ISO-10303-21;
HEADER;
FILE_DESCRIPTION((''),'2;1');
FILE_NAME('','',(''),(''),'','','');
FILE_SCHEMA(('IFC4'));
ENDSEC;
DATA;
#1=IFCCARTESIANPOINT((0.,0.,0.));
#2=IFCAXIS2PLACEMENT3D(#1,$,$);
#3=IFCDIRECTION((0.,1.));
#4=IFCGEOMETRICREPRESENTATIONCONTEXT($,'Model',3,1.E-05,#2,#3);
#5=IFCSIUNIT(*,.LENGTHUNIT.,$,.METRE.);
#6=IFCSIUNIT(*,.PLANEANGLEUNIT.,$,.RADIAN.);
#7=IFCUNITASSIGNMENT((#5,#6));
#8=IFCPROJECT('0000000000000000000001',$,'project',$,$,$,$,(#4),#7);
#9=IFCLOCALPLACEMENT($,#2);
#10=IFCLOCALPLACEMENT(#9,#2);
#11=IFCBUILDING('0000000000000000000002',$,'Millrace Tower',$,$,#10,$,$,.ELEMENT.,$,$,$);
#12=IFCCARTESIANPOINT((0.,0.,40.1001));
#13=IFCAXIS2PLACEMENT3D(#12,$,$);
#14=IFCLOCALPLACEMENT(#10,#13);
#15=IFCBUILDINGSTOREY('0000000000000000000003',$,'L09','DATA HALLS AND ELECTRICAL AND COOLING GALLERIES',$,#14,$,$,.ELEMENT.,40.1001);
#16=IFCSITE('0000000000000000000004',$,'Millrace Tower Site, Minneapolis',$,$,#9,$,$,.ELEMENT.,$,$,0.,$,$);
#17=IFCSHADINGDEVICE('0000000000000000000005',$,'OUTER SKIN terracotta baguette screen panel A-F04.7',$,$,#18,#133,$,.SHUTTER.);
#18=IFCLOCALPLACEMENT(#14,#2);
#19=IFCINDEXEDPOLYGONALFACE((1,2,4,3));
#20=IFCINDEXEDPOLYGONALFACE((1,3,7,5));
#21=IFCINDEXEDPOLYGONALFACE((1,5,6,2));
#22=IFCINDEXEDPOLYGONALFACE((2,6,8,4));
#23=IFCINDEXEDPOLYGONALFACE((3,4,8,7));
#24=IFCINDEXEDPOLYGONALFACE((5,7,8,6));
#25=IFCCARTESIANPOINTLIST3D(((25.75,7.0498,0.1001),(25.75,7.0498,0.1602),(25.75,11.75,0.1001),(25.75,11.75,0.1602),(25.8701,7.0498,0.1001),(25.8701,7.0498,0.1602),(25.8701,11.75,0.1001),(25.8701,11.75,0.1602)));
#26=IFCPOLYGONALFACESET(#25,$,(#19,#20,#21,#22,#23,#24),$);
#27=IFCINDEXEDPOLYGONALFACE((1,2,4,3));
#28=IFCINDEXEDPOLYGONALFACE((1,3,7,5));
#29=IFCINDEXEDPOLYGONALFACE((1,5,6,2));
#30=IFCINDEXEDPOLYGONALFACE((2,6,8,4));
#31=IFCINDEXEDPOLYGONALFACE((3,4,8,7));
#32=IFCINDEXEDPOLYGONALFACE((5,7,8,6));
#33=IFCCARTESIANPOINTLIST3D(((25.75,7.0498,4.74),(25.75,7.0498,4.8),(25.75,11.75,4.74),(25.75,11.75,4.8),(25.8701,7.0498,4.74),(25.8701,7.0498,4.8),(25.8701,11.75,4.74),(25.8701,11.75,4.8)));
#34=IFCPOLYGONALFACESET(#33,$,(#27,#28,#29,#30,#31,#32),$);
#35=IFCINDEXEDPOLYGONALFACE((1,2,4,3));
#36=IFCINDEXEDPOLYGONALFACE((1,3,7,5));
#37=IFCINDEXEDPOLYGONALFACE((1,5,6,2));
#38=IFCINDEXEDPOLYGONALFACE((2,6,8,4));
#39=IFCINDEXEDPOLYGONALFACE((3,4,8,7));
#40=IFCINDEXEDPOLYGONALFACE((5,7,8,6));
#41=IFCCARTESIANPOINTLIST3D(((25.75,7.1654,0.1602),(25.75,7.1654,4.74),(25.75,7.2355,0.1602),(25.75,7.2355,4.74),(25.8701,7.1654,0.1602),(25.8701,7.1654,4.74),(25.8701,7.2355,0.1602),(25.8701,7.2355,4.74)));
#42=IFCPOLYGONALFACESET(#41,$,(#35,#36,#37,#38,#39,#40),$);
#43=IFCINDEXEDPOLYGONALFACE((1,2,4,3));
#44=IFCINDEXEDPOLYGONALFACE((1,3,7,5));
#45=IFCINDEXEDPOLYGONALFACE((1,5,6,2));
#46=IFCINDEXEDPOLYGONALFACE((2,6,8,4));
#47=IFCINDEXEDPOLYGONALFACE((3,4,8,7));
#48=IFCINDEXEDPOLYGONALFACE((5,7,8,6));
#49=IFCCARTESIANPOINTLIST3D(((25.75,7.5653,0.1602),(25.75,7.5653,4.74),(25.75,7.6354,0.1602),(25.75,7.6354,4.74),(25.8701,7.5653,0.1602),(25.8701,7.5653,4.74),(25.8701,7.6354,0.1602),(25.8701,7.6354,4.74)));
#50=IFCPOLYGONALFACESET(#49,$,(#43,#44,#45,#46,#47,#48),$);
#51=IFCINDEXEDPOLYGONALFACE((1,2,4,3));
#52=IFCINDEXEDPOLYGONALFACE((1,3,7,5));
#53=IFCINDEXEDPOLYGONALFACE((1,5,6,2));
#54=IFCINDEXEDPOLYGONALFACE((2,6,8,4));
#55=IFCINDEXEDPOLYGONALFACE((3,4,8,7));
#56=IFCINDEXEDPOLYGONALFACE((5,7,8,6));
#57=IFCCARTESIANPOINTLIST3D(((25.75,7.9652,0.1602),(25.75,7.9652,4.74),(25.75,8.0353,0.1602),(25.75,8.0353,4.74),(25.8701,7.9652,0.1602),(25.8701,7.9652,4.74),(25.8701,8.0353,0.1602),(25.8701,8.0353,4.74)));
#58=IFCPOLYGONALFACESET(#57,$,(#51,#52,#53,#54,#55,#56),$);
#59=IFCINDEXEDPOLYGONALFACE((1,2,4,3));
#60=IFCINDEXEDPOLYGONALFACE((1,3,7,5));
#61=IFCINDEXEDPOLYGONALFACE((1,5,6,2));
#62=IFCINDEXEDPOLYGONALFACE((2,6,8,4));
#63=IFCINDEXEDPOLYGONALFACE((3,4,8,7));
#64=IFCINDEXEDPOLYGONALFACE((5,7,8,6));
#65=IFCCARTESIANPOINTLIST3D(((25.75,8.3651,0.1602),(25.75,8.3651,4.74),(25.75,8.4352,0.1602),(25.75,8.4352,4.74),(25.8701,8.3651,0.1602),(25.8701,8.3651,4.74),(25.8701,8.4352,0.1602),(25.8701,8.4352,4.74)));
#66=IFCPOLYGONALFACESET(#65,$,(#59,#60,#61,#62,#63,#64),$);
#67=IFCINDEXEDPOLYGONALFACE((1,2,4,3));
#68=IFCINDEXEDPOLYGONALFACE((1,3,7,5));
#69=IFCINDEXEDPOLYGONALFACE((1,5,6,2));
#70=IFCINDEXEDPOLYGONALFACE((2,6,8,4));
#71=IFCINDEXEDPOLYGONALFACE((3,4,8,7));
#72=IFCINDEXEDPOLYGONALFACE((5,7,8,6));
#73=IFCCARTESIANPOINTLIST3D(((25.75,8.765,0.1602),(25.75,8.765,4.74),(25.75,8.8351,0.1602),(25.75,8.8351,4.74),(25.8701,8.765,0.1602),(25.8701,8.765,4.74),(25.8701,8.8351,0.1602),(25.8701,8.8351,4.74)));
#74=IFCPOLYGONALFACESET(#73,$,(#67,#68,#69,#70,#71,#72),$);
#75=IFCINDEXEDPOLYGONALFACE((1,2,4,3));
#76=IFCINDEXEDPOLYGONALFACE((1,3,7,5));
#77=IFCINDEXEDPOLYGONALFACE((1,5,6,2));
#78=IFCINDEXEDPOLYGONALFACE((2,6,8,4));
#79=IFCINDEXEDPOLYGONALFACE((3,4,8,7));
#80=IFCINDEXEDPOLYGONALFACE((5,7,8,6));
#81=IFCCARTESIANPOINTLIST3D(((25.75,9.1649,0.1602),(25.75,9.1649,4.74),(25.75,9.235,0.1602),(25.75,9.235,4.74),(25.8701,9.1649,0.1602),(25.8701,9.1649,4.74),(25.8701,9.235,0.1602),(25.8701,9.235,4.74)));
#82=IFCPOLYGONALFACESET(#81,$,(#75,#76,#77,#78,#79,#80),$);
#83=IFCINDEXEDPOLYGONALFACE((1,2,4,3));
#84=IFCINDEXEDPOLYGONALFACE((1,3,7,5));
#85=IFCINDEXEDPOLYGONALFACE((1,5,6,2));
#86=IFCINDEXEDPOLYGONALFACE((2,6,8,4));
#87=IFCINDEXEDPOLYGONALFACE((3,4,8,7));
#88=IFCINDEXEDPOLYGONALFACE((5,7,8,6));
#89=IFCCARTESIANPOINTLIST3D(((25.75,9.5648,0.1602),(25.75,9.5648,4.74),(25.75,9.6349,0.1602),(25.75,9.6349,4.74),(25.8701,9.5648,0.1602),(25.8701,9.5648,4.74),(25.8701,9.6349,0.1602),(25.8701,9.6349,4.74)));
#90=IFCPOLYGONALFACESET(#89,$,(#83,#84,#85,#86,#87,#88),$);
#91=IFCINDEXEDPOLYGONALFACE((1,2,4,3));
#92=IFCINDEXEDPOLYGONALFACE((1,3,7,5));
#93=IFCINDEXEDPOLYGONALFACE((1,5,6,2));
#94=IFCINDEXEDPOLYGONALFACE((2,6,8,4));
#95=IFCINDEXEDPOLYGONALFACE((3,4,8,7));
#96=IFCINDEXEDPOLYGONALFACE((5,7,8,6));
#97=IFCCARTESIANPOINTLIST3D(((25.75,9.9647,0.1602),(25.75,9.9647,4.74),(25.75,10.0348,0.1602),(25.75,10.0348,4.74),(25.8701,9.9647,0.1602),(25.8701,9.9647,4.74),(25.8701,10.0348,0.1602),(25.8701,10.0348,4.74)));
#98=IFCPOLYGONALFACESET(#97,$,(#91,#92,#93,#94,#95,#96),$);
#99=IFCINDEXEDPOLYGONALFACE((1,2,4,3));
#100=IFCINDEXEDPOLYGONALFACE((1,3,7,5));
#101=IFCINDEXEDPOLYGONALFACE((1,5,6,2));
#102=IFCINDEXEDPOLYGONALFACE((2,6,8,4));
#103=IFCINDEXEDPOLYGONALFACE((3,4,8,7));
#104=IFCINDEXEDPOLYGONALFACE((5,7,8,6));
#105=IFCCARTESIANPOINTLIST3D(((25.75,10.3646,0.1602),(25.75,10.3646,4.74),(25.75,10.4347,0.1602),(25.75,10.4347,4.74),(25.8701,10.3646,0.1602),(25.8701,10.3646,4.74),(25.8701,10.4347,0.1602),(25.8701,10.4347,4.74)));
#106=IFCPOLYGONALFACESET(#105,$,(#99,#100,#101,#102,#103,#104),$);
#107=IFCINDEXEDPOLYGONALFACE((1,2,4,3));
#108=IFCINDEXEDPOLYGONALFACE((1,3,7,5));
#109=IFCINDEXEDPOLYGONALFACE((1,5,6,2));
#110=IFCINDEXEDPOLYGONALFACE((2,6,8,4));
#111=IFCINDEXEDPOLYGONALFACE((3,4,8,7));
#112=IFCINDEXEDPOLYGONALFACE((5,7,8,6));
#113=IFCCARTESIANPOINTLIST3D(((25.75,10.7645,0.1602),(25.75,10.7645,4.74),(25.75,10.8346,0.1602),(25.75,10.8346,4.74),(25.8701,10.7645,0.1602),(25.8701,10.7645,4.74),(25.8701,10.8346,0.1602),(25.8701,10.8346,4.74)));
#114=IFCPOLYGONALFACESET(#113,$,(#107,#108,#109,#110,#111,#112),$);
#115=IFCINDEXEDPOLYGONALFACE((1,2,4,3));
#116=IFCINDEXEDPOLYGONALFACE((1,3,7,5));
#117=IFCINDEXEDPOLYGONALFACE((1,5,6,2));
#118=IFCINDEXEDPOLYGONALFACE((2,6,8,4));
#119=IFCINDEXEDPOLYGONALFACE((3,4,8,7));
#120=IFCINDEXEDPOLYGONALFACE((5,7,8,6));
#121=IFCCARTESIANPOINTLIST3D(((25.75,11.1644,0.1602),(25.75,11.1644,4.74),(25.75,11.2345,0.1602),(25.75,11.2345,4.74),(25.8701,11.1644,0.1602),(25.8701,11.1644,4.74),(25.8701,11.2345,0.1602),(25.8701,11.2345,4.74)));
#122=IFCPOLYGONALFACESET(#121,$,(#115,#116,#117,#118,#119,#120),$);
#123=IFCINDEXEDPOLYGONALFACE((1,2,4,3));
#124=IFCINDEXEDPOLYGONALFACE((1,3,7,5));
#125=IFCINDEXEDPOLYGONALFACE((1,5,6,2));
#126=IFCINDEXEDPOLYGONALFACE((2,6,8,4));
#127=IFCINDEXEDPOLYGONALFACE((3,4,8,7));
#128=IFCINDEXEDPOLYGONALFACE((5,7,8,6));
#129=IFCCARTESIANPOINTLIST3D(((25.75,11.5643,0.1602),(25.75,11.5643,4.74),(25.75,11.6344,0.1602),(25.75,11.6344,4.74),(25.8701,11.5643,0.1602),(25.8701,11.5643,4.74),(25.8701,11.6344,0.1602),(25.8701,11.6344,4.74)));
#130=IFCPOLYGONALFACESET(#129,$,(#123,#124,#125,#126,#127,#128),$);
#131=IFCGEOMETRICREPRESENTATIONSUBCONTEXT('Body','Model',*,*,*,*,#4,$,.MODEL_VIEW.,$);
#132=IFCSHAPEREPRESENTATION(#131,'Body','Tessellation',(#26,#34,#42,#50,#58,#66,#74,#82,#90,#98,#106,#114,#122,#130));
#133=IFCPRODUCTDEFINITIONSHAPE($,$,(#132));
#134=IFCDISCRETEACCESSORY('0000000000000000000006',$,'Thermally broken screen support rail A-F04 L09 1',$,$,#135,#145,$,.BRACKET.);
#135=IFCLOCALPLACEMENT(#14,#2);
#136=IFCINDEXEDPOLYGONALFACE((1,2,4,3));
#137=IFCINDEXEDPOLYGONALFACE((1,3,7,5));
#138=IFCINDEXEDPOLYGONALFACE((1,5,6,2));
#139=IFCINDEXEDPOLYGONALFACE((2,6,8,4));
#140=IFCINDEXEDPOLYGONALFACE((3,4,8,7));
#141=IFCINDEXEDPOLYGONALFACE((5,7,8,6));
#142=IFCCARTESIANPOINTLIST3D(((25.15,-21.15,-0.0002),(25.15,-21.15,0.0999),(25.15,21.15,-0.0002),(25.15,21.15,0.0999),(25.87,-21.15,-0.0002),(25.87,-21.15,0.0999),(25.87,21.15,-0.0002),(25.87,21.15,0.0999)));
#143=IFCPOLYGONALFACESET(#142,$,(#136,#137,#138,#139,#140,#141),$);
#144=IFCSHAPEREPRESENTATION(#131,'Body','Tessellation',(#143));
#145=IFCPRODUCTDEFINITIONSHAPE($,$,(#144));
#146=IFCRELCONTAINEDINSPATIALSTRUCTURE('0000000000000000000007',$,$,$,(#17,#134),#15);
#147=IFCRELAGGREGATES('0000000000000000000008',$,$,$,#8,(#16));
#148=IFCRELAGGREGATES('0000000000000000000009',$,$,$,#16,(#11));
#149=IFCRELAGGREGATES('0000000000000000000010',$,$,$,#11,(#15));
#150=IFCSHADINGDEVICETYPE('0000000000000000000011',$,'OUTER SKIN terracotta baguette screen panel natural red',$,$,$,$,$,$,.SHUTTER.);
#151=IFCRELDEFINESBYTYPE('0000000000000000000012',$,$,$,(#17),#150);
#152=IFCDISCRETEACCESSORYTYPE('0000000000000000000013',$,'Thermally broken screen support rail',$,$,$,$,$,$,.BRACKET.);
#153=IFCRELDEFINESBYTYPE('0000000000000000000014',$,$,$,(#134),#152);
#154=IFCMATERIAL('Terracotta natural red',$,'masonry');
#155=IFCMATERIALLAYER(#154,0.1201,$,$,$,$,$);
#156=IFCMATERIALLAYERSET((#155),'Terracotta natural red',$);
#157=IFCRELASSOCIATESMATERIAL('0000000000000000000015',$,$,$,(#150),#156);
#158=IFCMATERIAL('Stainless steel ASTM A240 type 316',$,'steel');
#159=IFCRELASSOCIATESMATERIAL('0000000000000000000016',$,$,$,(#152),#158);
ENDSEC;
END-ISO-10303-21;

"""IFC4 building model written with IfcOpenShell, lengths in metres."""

from ifc_helpers import new_model, entity, si_unit, direction, frame, frame_2d, origin, origin_2d, place, context, subcontext, project, spatial, rectangle, extrude, source, transform, mapped, material, layer, layer_set, type_object, element, save


model = new_model("IFC4")

# Units and contexts
model_context = context("Model", 3, precision=1e-05, world=origin(), true_north=direction((0.0, 1.0)))
body_context = subcontext(model_context, "Body", "Model", "MODEL_VIEW")
ifc_project = project(units=[si_unit("LENGTHUNIT", "METRE"), si_unit("PLANEANGLEUNIT", "RADIAN")], contexts=[model_context])

# Site, building, storey
site_placement = place(None, origin())
site = spatial("IfcSite", under=ifc_project, at=site_placement, Name="Millrace Tower Site, Minneapolis", CompositionType="ELEMENT", RefElevation=0.0)
building_placement = place(site_placement, origin())
building = spatial("IfcBuilding", under=site, at=building_placement, Name="Millrace Tower", CompositionType="ELEMENT")
storey_placement = place(building_placement, frame((0.0, 0.0, 40.1001)))
storey = spatial("IfcBuildingStorey", under=building, at=storey_placement, Name="L09", Description="DATA HALLS AND ELECTRICAL AND COOLING GALLERIES", CompositionType="ELEMENT", Elevation=40.1001)

# Shading device
cartesian_point = entity("IfcCartesianPoint", [-2.3501, 0.0601])
shared_polyline = entity("IfcPolyline", [cartesian_point, entity("IfcCartesianPoint", [2.3501, 0.0601]), entity("IfcCartesianPoint", [2.3501, -0.0601]), entity("IfcCartesianPoint", [-2.3501, -0.0601]), cartesian_point])
ifc_material_1 = material(Name="Terracotta natural red", Category="masonry")
ifc_layer_1 = layer(ifc_material_1, 0.1201)
ifc_layer_set_1 = layer_set([ifc_layer_1], Name="Terracotta natural red")
shading_device_type_1 = type_object("IfcShadingDeviceType", Name="OUTER SKIN terracotta baguette screen panel natural red", PredefinedType="SHUTTER", material=ifc_layer_set_1)
shared_shape_1 = source(origin(), body_context, "Body", "SweptSolid", [
    entity("IfcExtrudedAreaSolid", entity("IfcArbitraryClosedProfileDef", "AREA", None, shared_polyline), entity("IfcAxis2Placement3D", entity("IfcCartesianPoint", [0.0, 0.0, 0.0])), entity("IfcDirection", [0.0, 0.0, 1.0]), 0.0601),
    entity("IfcExtrudedAreaSolid", entity("IfcArbitraryClosedProfileDef", "AREA", None, shared_polyline), entity("IfcAxis2Placement3D", entity("IfcCartesianPoint", [0.0, 0.0, 4.6399])), entity("IfcDirection", [0.0, 0.0, 1.0]), 0.0601),
    extrude(rectangle(XDim=0.0701, YDim=0.1201, at=frame_2d((-2.1995, 0.0))), frame((0.0, 0.0, 0.0601)), (0.0, 0.0, 1.0), 4.5798),
    extrude(rectangle(XDim=0.0701, YDim=0.1201, at=frame_2d((-1.7996, 0.0))), frame((0.0, 0.0, 0.0601)), (0.0, 0.0, 1.0), 4.5798),
    extrude(rectangle(XDim=0.0701, YDim=0.1201, at=frame_2d((-1.3997, 0.0))), frame((0.0, 0.0, 0.0601)), (0.0, 0.0, 1.0), 4.5798),
    extrude(rectangle(XDim=0.0701, YDim=0.1201, at=frame_2d((-0.9998, 0.0))), frame((0.0, 0.0, 0.0601)), (0.0, 0.0, 1.0), 4.5798),
    extrude(rectangle(XDim=0.0701, YDim=0.1201, at=frame_2d((-0.5999, 0.0))), frame((0.0, 0.0, 0.0601)), (0.0, 0.0, 1.0), 4.5798),
    extrude(rectangle(XDim=0.0701, YDim=0.1201, at=frame_2d((-0.2, 0.0))), frame((0.0, 0.0, 0.0601)), (0.0, 0.0, 1.0), 4.5798),
    extrude(rectangle(XDim=0.0701, YDim=0.1201, at=frame_2d((0.2, 0.0))), frame((0.0, 0.0, 0.0601)), (0.0, 0.0, 1.0), 4.5798),
    extrude(rectangle(XDim=0.0701, YDim=0.1201, at=frame_2d((0.5999, 0.0))), frame((0.0, 0.0, 0.0601)), (0.0, 0.0, 1.0), 4.5798),
    extrude(rectangle(XDim=0.0701, YDim=0.1201, at=frame_2d((0.9998, 0.0))), frame((0.0, 0.0, 0.0601)), (0.0, 0.0, 1.0), 4.5798),
    extrude(rectangle(XDim=0.0701, YDim=0.1201, at=frame_2d((1.3997, 0.0))), frame((0.0, 0.0, 0.0601)), (0.0, 0.0, 1.0), 4.5798),
    extrude(rectangle(XDim=0.0701, YDim=0.1201, at=frame_2d((1.7996, 0.0))), frame((0.0, 0.0, 0.0601)), (0.0, 0.0, 1.0), 4.5798),
    extrude(rectangle(XDim=0.0701, YDim=0.1201, at=frame_2d((2.1995, 0.0))), frame((0.0, 0.0, 0.0601)), (0.0, 0.0, 1.0), 4.5798),
])
for number, where, z_axis, x_axis, name in (
    (1, (25.8101, 9.3999, 0.1001), (0.0, 0.0, 1.0), (0.0, 1.0, 0.0), "OUTER SKIN terracotta baguette screen panel A-F04.7"),
):
    element("IfcShadingDevice", number, at=place(storey_placement, frame(where, z_axis=z_axis, x_axis=x_axis)), inside=storey, type_object=shading_device_type_1, Name=name, PredefinedType="SHUTTER", context=body_context, shape_type="MappedRepresentation", body=[
        mapped(shared_shape_1, transform((0.0, 0.0, 0.0), scale=1.0)),
    ])

# Discrete accessory
ifc_material_2 = material(Name="Stainless steel ASTM A240 type 316", Category="steel")
discrete_accessory_type = type_object("IfcDiscreteAccessoryType", Name="Thermally broken screen support rail", PredefinedType="BRACKET", material=ifc_material_2)
discrete_accessory_placement = place(storey_placement, frame((25.51, 0.0, -0.0002), z_axis=(0.0, 0.0, 1.0), x_axis=(0.0, 1.0, 0.0)))
element("IfcDiscreteAccessory", 2, at=discrete_accessory_placement, inside=storey, type_object=discrete_accessory_type, Name="Thermally broken screen support rail A-F04 L09 1", PredefinedType="BRACKET", context=body_context, shape_type="SweptSolid", body=[
    extrude(rectangle(XDim=42.3, YDim=0.72, at=origin_2d()), origin(), (0.0, 0.0, 1.0), 0.1001),
])

save(model, "model.ifc")
